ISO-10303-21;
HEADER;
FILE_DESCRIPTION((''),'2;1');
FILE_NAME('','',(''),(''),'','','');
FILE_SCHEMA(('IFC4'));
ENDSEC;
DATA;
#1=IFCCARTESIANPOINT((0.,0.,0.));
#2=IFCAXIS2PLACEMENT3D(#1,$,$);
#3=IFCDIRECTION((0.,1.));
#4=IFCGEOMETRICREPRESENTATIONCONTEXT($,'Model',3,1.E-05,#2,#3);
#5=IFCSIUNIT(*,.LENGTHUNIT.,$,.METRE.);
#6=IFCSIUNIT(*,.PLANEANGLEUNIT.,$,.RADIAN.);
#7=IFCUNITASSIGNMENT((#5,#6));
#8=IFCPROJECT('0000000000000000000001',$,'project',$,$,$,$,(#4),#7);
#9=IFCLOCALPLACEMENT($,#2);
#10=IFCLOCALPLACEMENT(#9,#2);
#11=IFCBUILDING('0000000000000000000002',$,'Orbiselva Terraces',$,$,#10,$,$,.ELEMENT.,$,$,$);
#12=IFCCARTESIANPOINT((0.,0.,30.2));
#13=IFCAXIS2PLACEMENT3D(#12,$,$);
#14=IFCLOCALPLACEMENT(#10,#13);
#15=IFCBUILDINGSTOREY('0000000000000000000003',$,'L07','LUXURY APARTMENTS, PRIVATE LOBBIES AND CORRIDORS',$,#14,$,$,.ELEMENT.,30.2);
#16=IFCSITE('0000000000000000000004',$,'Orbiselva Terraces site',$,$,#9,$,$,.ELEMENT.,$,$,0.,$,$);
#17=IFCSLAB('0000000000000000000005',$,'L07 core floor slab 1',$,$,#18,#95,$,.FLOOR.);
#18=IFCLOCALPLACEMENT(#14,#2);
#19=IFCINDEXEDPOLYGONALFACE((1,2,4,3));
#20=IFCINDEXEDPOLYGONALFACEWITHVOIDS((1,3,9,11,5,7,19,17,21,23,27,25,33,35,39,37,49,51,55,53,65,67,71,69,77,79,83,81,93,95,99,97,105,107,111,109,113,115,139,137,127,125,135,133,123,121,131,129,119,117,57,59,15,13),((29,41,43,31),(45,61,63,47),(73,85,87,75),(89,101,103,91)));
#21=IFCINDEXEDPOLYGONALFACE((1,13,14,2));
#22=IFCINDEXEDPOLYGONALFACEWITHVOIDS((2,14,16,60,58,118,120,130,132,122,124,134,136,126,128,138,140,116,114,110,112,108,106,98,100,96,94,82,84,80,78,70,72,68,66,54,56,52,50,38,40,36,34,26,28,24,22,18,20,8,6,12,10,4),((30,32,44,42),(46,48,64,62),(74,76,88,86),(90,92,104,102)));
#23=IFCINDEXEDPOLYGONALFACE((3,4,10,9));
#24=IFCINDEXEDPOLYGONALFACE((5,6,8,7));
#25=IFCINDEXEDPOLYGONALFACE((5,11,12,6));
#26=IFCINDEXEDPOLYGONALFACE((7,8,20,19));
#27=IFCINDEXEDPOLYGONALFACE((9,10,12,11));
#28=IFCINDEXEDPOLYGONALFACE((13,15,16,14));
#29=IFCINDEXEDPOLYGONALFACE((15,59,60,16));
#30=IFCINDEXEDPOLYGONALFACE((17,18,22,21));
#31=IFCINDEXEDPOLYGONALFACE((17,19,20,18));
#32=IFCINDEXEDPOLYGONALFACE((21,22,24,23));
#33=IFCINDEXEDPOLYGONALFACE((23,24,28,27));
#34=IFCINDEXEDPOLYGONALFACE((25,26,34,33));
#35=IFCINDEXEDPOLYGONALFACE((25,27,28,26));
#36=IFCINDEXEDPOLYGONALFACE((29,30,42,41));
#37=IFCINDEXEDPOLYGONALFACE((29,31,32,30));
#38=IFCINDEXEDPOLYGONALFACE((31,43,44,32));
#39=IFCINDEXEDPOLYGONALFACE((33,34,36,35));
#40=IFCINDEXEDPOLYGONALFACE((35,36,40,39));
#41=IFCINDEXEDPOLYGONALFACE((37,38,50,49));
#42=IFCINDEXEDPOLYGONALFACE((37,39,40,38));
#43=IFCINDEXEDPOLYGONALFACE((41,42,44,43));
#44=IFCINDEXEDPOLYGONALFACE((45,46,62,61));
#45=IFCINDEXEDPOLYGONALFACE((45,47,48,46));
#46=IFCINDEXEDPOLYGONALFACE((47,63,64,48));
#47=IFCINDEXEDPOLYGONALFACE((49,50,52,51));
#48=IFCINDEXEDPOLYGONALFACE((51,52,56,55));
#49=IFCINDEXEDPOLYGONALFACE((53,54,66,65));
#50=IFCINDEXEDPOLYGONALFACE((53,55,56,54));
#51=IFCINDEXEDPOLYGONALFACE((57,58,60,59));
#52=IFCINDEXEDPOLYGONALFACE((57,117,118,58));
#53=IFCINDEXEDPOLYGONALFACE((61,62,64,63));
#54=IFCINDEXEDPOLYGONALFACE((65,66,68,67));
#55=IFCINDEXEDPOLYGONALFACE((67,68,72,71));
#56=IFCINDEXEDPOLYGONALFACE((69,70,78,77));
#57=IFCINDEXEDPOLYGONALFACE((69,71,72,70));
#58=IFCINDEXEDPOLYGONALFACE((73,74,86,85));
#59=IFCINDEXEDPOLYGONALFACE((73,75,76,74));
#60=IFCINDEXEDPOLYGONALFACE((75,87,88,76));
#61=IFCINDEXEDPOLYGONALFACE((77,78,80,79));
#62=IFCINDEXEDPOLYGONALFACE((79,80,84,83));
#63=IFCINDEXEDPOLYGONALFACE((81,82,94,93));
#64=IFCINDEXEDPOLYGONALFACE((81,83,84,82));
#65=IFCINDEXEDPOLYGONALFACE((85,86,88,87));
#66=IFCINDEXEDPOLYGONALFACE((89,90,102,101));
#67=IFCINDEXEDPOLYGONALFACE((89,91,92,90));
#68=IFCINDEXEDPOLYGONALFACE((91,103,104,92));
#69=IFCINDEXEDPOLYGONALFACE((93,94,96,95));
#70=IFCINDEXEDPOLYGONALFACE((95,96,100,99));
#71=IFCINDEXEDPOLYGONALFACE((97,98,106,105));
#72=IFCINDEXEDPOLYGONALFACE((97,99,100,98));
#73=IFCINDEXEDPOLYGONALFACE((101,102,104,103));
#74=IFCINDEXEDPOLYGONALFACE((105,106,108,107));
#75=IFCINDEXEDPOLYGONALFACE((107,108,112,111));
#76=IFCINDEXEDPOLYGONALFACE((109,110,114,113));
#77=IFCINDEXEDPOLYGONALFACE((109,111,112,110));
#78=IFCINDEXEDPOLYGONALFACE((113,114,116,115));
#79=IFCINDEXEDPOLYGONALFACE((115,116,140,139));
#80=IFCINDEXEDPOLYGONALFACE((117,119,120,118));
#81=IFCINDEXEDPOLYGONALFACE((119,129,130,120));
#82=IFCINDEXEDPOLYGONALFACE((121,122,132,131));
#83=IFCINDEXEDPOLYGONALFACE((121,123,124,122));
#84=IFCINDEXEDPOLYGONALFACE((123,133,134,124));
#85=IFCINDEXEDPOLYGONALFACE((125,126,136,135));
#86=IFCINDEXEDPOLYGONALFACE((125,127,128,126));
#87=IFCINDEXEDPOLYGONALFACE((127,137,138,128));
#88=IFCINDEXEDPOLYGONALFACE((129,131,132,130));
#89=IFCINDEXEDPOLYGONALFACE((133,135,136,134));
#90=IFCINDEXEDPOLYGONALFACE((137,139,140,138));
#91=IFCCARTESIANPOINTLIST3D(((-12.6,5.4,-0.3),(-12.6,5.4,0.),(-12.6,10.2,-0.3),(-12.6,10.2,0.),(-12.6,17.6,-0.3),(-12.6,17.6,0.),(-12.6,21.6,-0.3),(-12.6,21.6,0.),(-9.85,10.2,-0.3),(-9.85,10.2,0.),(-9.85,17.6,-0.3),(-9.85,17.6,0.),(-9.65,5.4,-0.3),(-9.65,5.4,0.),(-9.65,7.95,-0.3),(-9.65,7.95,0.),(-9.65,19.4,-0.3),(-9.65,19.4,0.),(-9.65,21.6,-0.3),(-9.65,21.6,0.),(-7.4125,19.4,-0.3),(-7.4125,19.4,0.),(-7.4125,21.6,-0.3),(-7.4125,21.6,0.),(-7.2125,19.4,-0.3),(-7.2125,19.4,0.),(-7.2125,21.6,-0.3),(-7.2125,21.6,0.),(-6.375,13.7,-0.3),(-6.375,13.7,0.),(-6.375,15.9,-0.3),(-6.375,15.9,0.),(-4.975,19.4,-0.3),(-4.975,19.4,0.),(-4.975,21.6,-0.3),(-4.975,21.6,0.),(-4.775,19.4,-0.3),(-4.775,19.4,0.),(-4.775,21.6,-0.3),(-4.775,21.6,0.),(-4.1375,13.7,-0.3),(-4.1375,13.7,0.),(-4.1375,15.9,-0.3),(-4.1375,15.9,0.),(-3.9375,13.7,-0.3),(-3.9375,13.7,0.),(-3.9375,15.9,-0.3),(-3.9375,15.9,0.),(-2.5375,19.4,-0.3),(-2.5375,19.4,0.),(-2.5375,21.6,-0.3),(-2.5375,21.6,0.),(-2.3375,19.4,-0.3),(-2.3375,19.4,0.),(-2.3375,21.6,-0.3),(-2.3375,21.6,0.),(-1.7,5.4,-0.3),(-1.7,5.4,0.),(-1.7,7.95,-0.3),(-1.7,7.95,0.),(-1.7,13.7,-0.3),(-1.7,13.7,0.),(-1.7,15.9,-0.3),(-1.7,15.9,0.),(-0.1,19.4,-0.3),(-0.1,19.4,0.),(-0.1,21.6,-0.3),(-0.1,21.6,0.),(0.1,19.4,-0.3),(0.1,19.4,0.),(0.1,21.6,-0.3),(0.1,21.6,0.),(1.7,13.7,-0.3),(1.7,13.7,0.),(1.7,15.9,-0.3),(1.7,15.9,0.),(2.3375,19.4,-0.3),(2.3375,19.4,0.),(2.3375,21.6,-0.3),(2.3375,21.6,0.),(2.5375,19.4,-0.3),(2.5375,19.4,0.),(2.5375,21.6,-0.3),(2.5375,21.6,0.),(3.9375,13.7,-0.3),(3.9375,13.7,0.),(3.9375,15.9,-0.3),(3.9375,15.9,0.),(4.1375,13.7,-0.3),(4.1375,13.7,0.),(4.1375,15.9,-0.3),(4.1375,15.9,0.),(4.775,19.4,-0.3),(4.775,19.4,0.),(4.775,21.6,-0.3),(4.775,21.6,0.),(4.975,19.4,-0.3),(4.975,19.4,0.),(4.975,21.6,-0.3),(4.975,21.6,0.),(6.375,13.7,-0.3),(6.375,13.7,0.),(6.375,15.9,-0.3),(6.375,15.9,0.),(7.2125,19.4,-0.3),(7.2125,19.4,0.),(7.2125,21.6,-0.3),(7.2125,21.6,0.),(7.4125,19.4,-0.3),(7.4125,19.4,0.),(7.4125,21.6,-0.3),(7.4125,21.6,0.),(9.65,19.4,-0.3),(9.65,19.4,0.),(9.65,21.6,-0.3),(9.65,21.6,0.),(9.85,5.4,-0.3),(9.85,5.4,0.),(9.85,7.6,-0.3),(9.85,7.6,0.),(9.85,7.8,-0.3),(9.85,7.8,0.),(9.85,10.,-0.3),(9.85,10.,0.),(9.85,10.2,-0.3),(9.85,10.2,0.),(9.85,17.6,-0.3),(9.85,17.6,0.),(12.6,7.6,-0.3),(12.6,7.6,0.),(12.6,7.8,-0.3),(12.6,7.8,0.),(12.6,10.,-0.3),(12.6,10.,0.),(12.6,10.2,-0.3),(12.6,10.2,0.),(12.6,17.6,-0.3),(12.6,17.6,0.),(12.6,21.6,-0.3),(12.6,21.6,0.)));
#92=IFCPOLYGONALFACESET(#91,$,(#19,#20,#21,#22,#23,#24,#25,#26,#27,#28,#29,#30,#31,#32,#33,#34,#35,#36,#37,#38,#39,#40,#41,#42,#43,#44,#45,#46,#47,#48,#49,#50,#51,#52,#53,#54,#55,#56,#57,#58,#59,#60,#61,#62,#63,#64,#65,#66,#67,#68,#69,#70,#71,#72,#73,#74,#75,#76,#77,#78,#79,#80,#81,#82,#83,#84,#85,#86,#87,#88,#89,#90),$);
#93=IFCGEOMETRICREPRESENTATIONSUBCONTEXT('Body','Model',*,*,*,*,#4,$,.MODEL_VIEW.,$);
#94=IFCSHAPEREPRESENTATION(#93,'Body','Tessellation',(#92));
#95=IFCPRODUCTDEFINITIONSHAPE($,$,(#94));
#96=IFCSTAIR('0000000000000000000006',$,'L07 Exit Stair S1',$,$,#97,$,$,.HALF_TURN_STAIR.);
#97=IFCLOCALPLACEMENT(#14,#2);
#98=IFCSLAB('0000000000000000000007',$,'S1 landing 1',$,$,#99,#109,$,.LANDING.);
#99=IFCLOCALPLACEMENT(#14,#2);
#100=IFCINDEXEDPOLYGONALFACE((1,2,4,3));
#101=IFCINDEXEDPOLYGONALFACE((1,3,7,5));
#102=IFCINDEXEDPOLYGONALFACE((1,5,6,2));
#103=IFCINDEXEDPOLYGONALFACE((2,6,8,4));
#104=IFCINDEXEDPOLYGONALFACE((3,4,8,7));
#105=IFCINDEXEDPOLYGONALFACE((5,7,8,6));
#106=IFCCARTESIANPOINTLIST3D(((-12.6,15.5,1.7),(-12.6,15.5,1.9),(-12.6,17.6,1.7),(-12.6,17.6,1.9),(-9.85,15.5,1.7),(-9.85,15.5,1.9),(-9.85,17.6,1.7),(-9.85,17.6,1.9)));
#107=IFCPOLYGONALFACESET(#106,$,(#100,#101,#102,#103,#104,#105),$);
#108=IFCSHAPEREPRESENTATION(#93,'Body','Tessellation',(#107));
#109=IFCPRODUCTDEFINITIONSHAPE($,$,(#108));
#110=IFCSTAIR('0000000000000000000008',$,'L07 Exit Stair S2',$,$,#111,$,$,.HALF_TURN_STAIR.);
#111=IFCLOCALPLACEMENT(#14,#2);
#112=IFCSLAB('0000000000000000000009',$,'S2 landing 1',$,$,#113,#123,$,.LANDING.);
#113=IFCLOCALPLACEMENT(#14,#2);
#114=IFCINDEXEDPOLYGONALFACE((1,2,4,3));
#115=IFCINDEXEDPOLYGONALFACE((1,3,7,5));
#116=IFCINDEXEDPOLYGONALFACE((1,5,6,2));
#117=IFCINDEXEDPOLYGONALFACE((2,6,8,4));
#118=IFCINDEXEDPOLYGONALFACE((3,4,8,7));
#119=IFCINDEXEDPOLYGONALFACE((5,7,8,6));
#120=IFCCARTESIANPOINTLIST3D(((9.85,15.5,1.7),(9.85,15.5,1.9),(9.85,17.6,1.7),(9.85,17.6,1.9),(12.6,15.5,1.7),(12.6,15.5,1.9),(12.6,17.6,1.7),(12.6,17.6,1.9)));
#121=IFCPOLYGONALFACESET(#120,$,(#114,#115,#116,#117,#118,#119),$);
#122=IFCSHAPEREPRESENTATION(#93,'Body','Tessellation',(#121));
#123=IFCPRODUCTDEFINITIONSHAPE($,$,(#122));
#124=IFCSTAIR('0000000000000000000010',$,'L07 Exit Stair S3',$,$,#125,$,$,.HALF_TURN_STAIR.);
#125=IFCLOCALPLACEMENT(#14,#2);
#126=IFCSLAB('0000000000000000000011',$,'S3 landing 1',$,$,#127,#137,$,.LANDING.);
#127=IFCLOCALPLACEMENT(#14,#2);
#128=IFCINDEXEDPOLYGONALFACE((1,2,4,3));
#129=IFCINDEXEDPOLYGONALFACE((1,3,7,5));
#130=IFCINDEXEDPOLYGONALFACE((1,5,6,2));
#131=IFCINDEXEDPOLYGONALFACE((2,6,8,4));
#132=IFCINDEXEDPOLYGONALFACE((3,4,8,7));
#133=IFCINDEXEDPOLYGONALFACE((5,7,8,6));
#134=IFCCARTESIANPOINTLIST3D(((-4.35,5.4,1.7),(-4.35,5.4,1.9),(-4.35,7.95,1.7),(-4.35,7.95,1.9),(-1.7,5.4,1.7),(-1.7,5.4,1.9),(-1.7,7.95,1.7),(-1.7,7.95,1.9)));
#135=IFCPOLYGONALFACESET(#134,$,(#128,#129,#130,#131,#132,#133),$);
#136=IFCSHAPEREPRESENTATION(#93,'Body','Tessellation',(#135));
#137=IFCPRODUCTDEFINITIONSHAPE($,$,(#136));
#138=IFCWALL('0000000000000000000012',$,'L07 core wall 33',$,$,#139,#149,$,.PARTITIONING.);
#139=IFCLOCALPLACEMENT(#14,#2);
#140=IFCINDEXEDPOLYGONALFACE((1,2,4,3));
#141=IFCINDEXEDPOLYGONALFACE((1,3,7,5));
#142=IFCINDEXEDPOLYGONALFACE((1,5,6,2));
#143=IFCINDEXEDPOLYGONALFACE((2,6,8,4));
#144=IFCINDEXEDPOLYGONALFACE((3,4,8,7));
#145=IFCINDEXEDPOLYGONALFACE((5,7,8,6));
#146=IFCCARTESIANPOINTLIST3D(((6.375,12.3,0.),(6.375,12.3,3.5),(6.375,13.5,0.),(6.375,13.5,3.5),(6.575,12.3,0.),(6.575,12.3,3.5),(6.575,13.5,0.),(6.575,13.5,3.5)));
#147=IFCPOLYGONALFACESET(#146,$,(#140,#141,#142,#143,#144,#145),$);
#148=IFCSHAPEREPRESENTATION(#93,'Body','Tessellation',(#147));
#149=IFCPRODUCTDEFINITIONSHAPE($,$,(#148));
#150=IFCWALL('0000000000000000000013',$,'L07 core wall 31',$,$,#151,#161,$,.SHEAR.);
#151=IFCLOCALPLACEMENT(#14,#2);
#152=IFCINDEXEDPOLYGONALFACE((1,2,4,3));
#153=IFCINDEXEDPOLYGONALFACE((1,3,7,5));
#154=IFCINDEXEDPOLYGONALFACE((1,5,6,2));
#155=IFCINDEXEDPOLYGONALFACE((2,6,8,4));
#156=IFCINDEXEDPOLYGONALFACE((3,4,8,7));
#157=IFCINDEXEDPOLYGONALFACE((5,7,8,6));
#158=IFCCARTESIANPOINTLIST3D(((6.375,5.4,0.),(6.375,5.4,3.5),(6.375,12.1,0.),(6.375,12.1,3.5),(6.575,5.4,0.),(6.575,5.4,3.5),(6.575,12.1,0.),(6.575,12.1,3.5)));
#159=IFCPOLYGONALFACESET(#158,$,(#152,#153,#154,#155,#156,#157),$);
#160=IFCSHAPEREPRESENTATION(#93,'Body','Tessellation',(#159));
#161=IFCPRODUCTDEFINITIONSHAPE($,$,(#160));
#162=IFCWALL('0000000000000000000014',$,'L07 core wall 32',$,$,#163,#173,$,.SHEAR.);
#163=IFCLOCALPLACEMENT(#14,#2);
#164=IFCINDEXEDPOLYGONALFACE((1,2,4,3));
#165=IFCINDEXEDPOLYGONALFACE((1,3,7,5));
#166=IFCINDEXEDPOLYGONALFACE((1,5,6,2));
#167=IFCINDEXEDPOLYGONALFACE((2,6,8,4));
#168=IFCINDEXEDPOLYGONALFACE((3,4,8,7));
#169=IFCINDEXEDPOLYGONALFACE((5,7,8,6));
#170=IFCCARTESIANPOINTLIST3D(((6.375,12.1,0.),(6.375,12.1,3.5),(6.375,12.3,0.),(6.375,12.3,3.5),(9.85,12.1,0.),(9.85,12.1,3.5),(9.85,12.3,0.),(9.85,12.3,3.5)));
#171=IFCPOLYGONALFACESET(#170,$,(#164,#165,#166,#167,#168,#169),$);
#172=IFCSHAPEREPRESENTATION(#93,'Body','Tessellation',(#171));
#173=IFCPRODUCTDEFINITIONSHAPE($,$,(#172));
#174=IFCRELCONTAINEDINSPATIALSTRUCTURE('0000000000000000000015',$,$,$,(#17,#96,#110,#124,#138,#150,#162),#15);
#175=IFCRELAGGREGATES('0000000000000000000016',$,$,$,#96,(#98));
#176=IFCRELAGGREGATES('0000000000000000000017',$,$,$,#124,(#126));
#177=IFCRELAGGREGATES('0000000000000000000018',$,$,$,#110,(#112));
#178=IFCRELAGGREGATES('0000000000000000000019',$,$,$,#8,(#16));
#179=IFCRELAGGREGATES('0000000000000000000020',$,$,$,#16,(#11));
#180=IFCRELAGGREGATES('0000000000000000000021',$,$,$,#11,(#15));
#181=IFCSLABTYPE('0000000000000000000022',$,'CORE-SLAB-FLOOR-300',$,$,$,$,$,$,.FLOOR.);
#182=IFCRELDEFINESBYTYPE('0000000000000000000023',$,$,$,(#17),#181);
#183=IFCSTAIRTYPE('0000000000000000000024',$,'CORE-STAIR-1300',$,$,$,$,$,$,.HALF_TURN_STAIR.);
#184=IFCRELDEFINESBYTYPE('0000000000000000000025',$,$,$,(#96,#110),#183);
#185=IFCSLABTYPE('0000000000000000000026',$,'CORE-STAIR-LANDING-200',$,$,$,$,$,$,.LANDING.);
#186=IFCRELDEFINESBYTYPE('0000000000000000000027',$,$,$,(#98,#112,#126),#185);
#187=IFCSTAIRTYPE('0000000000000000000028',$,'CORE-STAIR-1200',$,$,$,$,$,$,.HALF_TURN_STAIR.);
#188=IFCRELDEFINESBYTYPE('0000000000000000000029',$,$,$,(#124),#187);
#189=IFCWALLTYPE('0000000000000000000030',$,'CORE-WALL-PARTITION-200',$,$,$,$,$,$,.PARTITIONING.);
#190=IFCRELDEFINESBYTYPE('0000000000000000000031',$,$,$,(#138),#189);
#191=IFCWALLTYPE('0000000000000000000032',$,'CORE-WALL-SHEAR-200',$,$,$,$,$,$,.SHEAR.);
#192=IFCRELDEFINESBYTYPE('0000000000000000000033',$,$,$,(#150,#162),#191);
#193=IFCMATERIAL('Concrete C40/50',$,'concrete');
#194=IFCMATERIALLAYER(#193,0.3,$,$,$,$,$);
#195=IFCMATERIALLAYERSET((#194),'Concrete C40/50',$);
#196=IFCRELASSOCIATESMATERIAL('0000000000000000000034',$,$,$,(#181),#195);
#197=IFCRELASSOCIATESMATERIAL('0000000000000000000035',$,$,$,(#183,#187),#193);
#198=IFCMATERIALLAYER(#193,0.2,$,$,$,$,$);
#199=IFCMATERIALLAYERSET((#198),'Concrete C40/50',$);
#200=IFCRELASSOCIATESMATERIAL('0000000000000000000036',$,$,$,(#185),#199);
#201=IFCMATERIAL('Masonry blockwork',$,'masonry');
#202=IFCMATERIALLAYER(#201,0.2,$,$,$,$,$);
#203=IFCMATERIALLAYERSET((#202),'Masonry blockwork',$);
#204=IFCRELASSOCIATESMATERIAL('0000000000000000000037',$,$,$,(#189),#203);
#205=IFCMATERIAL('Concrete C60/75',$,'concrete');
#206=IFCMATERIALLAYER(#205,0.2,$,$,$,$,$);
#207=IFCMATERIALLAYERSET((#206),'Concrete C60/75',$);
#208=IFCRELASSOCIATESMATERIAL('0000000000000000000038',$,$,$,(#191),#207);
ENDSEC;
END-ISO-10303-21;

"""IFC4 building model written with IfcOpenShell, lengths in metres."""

from ifc_helpers import new_model, si_unit, direction, frame, frame_2d, origin, place, context, subcontext, project, spatial, polyline, rectangle, outline, extrude, material, layer, layer_set, type_object, element, aggregate, save


model = new_model("IFC4")

# Units and contexts
model_context = context("Model", 3, precision=1e-05, world=origin(), true_north=direction((0.0, 1.0)))
body_context = subcontext(model_context, "Body", "Model", "MODEL_VIEW")
ifc_project = project(units=[si_unit("LENGTHUNIT", "METRE"), si_unit("PLANEANGLEUNIT", "RADIAN")], contexts=[model_context])

# Site, building, storey
site_placement = place(None, origin())
site = spatial("IfcSite", under=ifc_project, at=site_placement, Name="Orbiselva Terraces site", CompositionType="ELEMENT", RefElevation=0.0)
building_placement = place(site_placement, origin())
building = spatial("IfcBuilding", under=site, at=building_placement, Name="Orbiselva Terraces", CompositionType="ELEMENT")
storey_placement = place(building_placement, frame((0.0, 0.0, 30.2)))
storey = spatial("IfcBuildingStorey", under=building, at=storey_placement, Name="L07", Description="LUXURY APARTMENTS, PRIVATE LOBBIES AND CORRIDORS", CompositionType="ELEMENT", Elevation=30.2)

# Slab
ifc_material_1 = material(Name="Concrete C40/50", Category="concrete")
ifc_layer_1 = layer(ifc_material_1, 0.3)
ifc_layer_set_1 = layer_set([ifc_layer_1], Name="Concrete C40/50")
slab_type_1 = type_object("IfcSlabType", Name="CORE-SLAB-FLOOR-300", PredefinedType="FLOOR", material=ifc_layer_set_1)
slab_1_placement = place(storey_placement, frame((0.0, 0.0, -0.3)))
element("IfcSlab", 1, at=slab_1_placement, inside=storey, type_object=slab_type_1, Name="L07 core floor slab 1", PredefinedType="FLOOR", context=body_context, shape_type="SweptSolid", body=[
    extrude(outline(polyline([(-1.7, 5.4), (-1.7, 7.95), (-9.65, 7.95), (-9.65, 5.4), (-12.6, 5.4), (-12.6, 10.2), (-9.85, 10.2), (-9.85, 17.6), (-12.6, 17.6), (-12.6, 21.6), (-9.65, 21.6), (-9.65, 19.4), (-7.4125, 19.4), (-7.4125, 21.6), (-7.2125, 21.6), (-7.2125, 19.4), (-4.975, 19.4), (-4.975, 21.6), (-4.775, 21.6), (-4.775, 19.4), (-2.5375, 19.4), (-2.5375, 21.6), (-2.3375, 21.6), (-2.3375, 19.4), (-0.1, 19.4), (-0.1, 21.6), (0.1, 21.6), (0.1, 19.4), (2.3375, 19.4), (2.3375, 21.6), (2.5375, 21.6), (2.5375, 19.4), (4.775, 19.4), (4.775, 21.6), (4.975, 21.6), (4.975, 19.4), (7.2125, 19.4), (7.2125, 21.6), (7.4125, 21.6), (7.4125, 19.4), (9.65, 19.4), (9.65, 21.6), (12.6, 21.6), (12.6, 17.6), (9.85, 17.6), (9.85, 10.2), (12.6, 10.2), (12.6, 10.0), (9.85, 10.0), (9.85, 7.8), (12.6, 7.8), (12.6, 7.6), (9.85, 7.6), (9.85, 5.4), (-1.7, 5.4)]), holes=[polyline([(-4.1375, 13.7), (-4.1375, 15.9), (-6.375, 15.9), (-6.375, 13.7), (-4.1375, 13.7)]), polyline([(-1.7, 13.7), (-1.7, 15.9), (-3.9375, 15.9), (-3.9375, 13.7), (-1.7, 13.7)]), polyline([(3.9375, 13.7), (3.9375, 15.9), (1.7, 15.9), (1.7, 13.7), (3.9375, 13.7)]), polyline([(6.375, 13.7), (6.375, 15.9), (4.1375, 15.9), (4.1375, 13.7), (6.375, 13.7)])]), origin(), (0.0, 0.0, 1.0), 0.3),
])

# Stairs, slabs
stair_type_1 = type_object("IfcStairType", Name="CORE-STAIR-1300", PredefinedType="HALF_TURN_STAIR", material=ifc_material_1)
stair_1_placement = place(storey_placement, origin())
stair_1 = element("IfcStair", 2, at=stair_1_placement, inside=storey, type_object=stair_type_1, Name="L07 Exit Stair S1", PredefinedType="HALF_TURN_STAIR")
ifc_layer_2 = layer(ifc_material_1, 0.2)
ifc_layer_set_2 = layer_set([ifc_layer_2], Name="Concrete C40/50")
slab_type_2 = type_object("IfcSlabType", Name="CORE-STAIR-LANDING-200", PredefinedType="LANDING", material=ifc_layer_set_2)
slab_2_placement = place(storey_placement, frame((0.0, 0.0, 1.7)))
slab_2 = element("IfcSlab", 3, at=slab_2_placement, type_object=slab_type_2, Name="S1 landing 1", PredefinedType="LANDING", context=body_context, shape_type="SweptSolid", body=[
    extrude(outline(polyline([(-9.85, 15.5), (-9.85, 17.6), (-12.6, 17.6), (-12.6, 15.5), (-9.85, 15.5)])), origin(), (0.0, 0.0, 1.0), 0.2),
])
aggregate(stair_1, [slab_2])
stair_2_placement = place(storey_placement, origin())
stair_2 = element("IfcStair", 4, at=stair_2_placement, inside=storey, type_object=stair_type_1, Name="L07 Exit Stair S2", PredefinedType="HALF_TURN_STAIR")
slab_3_placement = place(storey_placement, frame((0.0, 0.0, 1.7)))
slab_3 = element("IfcSlab", 5, at=slab_3_placement, type_object=slab_type_2, Name="S2 landing 1", PredefinedType="LANDING", context=body_context, shape_type="SweptSolid", body=[
    extrude(outline(polyline([(12.6, 15.5), (12.6, 17.6), (9.85, 17.6), (9.85, 15.5), (12.6, 15.5)])), origin(), (0.0, 0.0, 1.0), 0.2),
])
stair_type_2 = type_object("IfcStairType", Name="CORE-STAIR-1200", PredefinedType="HALF_TURN_STAIR", material=ifc_material_1)
stair_3_placement = place(storey_placement, origin())
stair_3 = element("IfcStair", 6, at=stair_3_placement, inside=storey, type_object=stair_type_2, Name="L07 Exit Stair S3", PredefinedType="HALF_TURN_STAIR")
slab_4_placement = place(storey_placement, frame((0.0, 0.0, 1.7)))
slab_4 = element("IfcSlab", 7, at=slab_4_placement, type_object=slab_type_2, Name="S3 landing 1", PredefinedType="LANDING", context=body_context, shape_type="SweptSolid", body=[
    extrude(outline(polyline([(-4.35, 5.4), (-1.7, 5.4), (-1.7, 7.95), (-4.35, 7.95), (-4.35, 5.4)])), origin(), (0.0, 0.0, 1.0), 0.2),
])
aggregate(stair_3, [slab_4])

# Walls
ifc_material_2 = material(Name="Masonry blockwork", Category="masonry")
ifc_layer_3 = layer(ifc_material_2, 0.2)
ifc_layer_set_3 = layer_set([ifc_layer_3], Name="Masonry blockwork")
wall_type_1 = type_object("IfcWallType", Name="CORE-WALL-PARTITION-200", PredefinedType="PARTITIONING", material=ifc_layer_set_3)
wall_1_placement = place(storey_placement, frame((6.475, 12.3, 0.0), z_axis=(0.0, 0.0, 1.0), x_axis=(0.0, 1.0, 0.0)))
element("IfcWall", 8, at=wall_1_placement, inside=storey, type_object=wall_type_1, Name="L07 core wall 33", PredefinedType="PARTITIONING", context=body_context, shape_type="SweptSolid", body=[
    extrude(rectangle(XDim=1.2, YDim=0.2, at=frame_2d((0.6, 0.0))), origin(), (0.0, 0.0, 1.0), 3.5),
])
ifc_material_3 = material(Name="Concrete C60/75", Category="concrete")
ifc_layer_4 = layer(ifc_material_3, 0.2)
ifc_layer_set_4 = layer_set([ifc_layer_4], Name="Concrete C60/75")
wall_type_2 = type_object("IfcWallType", Name="CORE-WALL-SHEAR-200", PredefinedType="SHEAR", material=ifc_layer_set_4)
wall_2_placement = place(storey_placement, frame((6.475, 5.4, 0.0), z_axis=(0.0, 0.0, 1.0), x_axis=(0.0, 1.0, 0.0)))
element("IfcWall", 9, at=wall_2_placement, inside=storey, type_object=wall_type_2, Name="L07 core wall 31", PredefinedType="SHEAR", context=body_context, shape_type="SweptSolid", body=[
    extrude(rectangle(XDim=6.7, YDim=0.2, at=frame_2d((3.35, 0.0))), origin(), (0.0, 0.0, 1.0), 3.5),
])
wall_3_placement = place(storey_placement, frame((6.375, 12.2, 0.0), z_axis=(0.0, 0.0, 1.0), x_axis=(1.0, 0.0, 0.0)))
element("IfcWall", 10, at=wall_3_placement, inside=storey, type_object=wall_type_2, Name="L07 core wall 32", PredefinedType="SHEAR", context=body_context, shape_type="SweptSolid", body=[
    extrude(rectangle(XDim=3.475, YDim=0.2, at=frame_2d((1.7375, 0.0))), origin(), (0.0, 0.0, 1.0), 3.5),
])

aggregate(stair_2, [slab_3])

save(model, "model.ifc")
